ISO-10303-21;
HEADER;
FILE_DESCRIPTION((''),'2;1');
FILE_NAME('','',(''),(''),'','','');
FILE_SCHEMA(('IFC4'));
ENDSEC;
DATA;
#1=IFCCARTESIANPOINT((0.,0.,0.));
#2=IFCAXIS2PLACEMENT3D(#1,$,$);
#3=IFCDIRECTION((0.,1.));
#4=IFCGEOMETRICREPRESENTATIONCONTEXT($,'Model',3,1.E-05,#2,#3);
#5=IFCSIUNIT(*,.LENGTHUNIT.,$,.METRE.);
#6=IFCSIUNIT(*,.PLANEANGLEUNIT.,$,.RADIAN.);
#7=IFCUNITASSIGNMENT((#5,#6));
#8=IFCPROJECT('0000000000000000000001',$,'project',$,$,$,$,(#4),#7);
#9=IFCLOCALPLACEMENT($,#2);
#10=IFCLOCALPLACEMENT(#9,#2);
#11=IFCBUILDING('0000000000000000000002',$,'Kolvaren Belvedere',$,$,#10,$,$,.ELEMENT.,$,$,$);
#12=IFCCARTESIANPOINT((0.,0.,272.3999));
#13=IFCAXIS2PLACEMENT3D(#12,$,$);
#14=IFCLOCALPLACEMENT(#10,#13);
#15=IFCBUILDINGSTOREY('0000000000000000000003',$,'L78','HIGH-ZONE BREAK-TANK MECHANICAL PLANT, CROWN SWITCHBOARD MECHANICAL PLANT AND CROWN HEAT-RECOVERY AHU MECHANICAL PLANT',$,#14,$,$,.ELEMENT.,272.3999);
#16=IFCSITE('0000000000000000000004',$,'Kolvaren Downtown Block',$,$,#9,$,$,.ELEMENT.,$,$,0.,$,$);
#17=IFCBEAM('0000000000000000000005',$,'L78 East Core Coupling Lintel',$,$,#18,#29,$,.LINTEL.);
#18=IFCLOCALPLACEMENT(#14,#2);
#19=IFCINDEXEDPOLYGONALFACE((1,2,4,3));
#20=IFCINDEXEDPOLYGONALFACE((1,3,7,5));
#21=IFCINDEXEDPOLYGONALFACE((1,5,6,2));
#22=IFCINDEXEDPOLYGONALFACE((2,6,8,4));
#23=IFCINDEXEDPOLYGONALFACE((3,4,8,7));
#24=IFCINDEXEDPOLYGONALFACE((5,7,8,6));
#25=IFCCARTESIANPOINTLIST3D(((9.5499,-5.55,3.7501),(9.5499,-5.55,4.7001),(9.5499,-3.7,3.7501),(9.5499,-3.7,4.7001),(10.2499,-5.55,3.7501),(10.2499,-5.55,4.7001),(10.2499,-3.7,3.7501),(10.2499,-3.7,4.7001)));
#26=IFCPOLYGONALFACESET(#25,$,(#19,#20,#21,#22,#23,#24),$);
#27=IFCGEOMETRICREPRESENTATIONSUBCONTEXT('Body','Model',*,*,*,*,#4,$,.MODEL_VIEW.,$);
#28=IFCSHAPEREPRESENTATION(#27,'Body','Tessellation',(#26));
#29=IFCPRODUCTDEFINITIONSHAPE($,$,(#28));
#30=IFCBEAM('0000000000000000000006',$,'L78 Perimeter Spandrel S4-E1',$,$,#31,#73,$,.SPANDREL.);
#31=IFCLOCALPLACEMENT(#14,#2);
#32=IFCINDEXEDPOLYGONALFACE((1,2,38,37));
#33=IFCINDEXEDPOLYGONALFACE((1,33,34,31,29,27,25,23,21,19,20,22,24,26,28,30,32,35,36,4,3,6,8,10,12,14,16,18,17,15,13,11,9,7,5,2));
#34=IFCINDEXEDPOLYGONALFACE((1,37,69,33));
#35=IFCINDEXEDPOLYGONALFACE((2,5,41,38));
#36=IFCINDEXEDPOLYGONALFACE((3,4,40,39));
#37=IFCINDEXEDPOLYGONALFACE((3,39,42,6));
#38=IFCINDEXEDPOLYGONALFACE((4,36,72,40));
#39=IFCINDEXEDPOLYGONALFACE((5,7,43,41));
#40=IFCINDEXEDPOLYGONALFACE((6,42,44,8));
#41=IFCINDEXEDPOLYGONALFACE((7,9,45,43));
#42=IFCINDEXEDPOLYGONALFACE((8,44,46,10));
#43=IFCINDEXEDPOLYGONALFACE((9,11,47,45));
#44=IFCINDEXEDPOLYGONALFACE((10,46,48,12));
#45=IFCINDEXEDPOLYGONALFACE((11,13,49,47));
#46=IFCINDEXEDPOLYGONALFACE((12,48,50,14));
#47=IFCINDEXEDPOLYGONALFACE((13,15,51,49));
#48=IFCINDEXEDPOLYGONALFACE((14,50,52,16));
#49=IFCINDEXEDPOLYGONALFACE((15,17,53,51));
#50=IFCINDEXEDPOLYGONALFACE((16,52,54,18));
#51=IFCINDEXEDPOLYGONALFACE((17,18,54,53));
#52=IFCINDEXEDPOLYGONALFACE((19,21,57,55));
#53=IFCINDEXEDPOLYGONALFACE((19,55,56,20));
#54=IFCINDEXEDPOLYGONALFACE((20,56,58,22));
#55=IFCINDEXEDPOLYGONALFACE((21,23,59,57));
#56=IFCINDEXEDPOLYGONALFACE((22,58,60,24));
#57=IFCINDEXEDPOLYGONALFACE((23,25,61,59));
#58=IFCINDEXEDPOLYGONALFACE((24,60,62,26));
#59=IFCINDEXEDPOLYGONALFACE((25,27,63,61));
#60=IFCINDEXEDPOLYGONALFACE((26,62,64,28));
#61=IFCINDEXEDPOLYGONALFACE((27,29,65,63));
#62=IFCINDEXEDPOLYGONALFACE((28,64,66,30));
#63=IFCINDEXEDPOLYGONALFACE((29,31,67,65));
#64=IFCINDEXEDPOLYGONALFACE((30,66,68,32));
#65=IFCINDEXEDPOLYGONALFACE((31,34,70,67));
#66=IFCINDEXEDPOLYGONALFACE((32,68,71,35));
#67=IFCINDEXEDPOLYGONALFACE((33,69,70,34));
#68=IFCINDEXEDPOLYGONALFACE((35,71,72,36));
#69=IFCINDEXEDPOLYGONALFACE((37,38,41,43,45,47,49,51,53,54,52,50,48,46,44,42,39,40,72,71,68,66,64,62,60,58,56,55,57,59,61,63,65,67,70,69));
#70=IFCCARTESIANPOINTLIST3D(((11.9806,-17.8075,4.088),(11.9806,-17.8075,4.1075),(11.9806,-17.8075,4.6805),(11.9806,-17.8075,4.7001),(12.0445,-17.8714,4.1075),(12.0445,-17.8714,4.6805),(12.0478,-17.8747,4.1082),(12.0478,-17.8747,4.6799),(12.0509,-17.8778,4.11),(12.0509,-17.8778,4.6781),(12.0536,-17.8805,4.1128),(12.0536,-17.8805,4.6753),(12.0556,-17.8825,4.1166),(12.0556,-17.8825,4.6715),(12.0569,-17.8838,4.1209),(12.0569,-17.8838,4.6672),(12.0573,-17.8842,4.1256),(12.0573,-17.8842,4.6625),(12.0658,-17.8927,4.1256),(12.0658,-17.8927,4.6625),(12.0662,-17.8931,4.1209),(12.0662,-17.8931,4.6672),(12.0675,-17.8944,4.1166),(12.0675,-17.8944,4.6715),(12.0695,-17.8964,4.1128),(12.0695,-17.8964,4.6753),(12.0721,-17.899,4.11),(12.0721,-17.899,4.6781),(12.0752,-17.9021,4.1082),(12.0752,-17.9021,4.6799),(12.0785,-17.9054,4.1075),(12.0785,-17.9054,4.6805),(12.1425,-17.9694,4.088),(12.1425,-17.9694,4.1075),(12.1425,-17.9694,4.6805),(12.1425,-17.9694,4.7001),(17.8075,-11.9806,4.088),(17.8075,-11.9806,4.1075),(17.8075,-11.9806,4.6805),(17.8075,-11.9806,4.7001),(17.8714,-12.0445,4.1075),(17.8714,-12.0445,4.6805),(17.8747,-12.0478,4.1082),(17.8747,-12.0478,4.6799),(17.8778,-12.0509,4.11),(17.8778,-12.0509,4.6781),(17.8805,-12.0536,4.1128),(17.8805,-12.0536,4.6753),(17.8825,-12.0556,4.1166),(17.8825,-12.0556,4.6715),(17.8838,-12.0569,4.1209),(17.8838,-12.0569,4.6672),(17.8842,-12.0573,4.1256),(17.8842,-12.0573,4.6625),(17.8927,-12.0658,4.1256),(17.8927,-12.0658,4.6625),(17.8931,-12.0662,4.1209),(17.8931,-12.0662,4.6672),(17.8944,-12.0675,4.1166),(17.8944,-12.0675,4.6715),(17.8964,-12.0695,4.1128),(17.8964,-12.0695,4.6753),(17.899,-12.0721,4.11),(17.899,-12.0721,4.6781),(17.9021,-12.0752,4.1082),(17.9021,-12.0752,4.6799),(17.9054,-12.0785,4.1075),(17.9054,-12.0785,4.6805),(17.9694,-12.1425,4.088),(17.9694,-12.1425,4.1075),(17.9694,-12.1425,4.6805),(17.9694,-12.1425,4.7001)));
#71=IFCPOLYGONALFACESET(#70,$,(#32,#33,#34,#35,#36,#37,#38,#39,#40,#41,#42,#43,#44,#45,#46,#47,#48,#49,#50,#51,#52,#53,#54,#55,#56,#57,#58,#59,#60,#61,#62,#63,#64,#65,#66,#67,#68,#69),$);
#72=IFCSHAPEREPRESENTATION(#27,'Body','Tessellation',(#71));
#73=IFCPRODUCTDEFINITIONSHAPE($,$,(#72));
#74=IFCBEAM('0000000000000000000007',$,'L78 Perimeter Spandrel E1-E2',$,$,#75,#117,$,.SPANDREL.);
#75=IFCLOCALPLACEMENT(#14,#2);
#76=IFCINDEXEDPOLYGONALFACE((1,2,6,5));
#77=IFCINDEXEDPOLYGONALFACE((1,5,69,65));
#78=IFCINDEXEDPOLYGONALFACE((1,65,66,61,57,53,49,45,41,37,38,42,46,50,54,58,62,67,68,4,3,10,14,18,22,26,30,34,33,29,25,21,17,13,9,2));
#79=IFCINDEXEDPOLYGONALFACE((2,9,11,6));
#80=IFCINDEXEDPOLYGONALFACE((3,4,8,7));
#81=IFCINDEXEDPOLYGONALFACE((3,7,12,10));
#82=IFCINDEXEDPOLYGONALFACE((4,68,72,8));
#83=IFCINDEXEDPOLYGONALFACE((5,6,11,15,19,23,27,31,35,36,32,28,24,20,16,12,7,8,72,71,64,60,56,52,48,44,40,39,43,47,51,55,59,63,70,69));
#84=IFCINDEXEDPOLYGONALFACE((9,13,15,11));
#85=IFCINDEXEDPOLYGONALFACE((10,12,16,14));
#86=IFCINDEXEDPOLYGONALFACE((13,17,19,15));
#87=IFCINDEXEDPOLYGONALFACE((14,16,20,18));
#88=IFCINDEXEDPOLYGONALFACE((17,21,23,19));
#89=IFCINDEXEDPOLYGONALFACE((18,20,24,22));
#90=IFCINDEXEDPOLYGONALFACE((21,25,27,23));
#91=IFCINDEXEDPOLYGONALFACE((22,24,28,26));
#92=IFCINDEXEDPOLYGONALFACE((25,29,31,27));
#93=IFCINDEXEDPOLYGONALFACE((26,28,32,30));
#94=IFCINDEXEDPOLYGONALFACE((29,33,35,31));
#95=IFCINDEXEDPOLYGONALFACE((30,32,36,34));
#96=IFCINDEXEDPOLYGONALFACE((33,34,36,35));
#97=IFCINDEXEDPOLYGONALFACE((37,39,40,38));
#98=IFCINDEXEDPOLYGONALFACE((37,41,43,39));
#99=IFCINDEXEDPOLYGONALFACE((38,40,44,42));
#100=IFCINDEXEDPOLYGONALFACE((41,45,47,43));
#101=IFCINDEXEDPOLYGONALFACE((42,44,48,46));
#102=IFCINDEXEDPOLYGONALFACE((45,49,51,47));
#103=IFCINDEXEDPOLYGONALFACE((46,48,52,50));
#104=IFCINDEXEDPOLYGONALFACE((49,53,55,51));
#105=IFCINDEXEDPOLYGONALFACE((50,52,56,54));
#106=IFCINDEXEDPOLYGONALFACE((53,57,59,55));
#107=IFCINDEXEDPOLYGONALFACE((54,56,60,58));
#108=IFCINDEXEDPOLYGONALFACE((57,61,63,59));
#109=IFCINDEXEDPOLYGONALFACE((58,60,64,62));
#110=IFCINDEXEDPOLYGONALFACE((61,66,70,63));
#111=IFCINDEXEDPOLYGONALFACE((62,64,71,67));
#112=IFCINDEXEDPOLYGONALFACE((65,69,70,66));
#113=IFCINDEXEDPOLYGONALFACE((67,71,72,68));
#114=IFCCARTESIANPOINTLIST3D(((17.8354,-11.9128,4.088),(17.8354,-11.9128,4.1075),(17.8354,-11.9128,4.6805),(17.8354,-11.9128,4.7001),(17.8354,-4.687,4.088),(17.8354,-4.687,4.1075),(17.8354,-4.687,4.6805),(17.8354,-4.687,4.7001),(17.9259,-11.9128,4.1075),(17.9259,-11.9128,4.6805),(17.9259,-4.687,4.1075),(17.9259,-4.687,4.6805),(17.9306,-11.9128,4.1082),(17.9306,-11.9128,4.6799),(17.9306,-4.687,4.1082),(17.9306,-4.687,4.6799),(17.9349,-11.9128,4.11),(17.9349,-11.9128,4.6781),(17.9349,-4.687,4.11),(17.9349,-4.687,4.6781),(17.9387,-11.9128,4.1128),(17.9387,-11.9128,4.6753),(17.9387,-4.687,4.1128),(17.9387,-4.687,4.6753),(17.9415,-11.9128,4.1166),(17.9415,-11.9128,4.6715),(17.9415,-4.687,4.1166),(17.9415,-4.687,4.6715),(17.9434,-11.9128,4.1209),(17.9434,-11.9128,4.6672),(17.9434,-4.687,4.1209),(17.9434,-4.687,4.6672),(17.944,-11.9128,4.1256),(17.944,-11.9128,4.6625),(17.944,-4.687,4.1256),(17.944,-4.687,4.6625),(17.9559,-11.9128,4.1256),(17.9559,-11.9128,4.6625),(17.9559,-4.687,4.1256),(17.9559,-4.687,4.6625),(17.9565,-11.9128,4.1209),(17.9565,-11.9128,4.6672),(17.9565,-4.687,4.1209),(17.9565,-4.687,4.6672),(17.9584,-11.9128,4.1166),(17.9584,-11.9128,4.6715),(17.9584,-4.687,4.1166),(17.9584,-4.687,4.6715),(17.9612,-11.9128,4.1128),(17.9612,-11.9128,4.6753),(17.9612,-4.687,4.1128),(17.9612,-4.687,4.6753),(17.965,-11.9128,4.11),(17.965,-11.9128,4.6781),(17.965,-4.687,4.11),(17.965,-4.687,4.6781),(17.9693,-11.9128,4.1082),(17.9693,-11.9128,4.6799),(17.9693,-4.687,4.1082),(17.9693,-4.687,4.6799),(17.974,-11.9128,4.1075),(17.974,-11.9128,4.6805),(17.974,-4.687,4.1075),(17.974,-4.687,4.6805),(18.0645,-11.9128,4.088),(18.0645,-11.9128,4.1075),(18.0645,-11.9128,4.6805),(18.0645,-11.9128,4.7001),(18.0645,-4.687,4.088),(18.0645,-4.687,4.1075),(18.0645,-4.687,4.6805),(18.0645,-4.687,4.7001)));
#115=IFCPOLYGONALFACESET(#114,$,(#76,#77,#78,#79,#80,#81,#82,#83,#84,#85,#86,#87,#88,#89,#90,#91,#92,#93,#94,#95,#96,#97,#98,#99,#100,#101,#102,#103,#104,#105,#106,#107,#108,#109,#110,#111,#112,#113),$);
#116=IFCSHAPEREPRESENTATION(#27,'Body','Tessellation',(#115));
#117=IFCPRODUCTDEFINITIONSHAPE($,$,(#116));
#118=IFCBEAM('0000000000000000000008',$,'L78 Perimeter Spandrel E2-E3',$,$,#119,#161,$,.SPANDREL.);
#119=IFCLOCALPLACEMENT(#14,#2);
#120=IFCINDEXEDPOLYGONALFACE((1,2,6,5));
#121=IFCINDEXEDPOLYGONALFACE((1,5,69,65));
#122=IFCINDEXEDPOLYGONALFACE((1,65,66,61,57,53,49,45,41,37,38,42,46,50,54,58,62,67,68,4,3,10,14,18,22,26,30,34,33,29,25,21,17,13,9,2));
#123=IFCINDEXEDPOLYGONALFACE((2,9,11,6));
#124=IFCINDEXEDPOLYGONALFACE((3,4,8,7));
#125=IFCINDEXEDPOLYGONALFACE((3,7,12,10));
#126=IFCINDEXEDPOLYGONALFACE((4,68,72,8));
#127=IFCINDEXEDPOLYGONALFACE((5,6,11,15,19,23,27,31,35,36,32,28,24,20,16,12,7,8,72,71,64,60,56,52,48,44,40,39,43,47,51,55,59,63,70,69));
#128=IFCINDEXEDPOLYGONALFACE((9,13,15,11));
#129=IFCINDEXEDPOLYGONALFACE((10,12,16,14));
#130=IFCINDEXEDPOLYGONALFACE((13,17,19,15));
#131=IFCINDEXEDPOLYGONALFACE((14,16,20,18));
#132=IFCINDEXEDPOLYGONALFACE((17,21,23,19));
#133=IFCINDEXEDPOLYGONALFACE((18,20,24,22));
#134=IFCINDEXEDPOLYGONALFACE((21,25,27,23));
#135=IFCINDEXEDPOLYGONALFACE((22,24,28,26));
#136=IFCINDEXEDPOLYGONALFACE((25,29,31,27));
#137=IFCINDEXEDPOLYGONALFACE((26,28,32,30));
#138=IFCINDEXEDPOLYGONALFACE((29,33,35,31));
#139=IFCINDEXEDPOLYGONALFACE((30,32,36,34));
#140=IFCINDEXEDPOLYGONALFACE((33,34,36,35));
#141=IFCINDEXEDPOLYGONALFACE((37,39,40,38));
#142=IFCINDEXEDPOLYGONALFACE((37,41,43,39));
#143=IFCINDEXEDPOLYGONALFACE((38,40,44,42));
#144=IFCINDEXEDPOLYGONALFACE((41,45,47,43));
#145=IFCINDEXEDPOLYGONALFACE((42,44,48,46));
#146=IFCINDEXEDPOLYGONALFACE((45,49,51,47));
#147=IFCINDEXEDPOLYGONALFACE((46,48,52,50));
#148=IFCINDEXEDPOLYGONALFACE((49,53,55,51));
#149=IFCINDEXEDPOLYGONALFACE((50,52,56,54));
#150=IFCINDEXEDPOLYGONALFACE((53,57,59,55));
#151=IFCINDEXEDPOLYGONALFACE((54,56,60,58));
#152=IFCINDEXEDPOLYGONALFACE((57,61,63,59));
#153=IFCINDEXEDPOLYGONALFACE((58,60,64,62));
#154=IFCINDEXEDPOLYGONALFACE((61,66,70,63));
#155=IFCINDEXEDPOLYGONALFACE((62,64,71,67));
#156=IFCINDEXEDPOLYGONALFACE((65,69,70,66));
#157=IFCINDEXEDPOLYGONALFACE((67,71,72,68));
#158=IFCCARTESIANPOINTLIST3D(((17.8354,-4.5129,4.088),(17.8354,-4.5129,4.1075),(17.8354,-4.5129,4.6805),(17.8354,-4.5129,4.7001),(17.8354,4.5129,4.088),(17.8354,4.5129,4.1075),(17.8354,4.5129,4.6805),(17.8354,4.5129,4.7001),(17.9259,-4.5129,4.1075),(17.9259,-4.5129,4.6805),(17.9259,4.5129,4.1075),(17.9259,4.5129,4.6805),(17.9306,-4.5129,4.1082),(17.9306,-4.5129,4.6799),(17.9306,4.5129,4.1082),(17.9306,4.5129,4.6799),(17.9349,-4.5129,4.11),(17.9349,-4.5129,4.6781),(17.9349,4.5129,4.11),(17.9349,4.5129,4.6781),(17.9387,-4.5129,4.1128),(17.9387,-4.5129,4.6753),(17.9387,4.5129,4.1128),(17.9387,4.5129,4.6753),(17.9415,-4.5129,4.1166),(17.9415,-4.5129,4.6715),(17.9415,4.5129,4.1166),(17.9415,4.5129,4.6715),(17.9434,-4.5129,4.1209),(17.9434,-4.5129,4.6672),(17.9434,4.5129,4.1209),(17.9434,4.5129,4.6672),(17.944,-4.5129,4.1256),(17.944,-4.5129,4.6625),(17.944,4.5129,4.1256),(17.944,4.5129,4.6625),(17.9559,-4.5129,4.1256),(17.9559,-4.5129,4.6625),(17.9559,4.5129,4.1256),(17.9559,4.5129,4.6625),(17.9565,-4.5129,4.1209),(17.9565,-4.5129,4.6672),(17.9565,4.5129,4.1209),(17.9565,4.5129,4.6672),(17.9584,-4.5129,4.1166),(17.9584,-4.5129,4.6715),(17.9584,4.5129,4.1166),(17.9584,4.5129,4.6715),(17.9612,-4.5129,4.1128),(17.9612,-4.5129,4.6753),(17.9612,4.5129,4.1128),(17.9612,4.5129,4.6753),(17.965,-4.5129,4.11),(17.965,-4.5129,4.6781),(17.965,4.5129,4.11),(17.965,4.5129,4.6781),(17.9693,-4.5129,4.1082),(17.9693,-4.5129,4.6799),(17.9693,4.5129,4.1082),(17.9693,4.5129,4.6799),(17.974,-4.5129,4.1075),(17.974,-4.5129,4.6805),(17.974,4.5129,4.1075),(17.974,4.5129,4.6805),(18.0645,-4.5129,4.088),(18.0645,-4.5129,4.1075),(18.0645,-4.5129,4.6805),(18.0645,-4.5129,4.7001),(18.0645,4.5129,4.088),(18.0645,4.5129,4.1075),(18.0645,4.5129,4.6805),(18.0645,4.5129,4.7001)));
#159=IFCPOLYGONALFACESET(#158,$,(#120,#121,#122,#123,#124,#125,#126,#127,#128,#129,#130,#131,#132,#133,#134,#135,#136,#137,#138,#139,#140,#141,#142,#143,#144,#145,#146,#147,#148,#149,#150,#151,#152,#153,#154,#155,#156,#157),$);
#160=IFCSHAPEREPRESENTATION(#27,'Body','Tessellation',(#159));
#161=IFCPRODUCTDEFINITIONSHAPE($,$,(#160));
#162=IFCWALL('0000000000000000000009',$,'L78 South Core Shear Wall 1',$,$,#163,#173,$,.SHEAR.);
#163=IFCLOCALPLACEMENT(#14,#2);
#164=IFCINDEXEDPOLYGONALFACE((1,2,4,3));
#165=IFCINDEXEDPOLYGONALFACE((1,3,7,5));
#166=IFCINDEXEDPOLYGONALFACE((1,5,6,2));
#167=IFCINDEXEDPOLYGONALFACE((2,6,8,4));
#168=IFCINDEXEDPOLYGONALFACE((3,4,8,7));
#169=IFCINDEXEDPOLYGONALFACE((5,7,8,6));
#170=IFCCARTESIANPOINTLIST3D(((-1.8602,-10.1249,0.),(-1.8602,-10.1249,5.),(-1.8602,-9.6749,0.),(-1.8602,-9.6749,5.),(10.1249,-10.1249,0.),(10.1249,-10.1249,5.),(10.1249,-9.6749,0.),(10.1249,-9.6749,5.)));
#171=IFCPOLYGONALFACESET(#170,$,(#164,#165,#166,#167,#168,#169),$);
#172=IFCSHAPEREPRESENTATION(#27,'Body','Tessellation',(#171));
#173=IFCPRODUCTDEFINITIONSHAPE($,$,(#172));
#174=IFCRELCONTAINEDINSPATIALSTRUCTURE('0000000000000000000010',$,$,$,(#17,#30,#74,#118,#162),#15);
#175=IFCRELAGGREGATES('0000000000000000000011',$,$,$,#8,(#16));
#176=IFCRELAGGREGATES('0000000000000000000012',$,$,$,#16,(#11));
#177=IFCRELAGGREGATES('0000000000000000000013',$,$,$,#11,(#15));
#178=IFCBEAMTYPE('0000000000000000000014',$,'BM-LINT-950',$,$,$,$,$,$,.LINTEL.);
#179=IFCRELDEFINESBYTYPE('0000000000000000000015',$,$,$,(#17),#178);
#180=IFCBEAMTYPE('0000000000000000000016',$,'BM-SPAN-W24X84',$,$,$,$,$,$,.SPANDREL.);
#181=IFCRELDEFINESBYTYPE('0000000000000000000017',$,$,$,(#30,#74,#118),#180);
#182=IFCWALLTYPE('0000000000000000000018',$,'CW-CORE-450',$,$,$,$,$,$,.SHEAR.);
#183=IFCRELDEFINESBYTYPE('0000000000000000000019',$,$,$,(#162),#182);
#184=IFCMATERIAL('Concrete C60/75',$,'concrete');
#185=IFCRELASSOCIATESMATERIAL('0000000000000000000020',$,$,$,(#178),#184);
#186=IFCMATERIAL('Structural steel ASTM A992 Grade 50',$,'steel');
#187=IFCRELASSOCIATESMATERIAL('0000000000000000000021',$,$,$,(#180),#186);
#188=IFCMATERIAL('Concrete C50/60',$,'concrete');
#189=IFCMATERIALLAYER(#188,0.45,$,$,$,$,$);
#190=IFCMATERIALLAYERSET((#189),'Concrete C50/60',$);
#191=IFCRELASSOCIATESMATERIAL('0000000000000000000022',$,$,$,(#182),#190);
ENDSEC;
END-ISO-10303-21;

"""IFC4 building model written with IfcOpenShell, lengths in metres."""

from ifc_helpers import new_model, si_unit, direction, frame, frame_2d, origin, origin_2d, place, context, subcontext, project, spatial, rectangle, i_section, extrude, material, layer, layer_set, material_profile, profile_set, type_object, element, save


model = new_model("IFC4")

# Units and contexts
model_context = context("Model", 3, precision=1e-05, world=origin(), true_north=direction((0.0, 1.0)))
body_context = subcontext(model_context, "Body", "Model", "MODEL_VIEW")
ifc_project = project(units=[si_unit("LENGTHUNIT", "METRE"), si_unit("PLANEANGLEUNIT", "RADIAN")], contexts=[model_context])

# Site, building, storey
site_placement = place(None, origin())
site = spatial("IfcSite", under=ifc_project, at=site_placement, Name="Kolvaren Downtown Block", CompositionType="ELEMENT", RefElevation=0.0)
building_placement = place(site_placement, origin())
building = spatial("IfcBuilding", under=site, at=building_placement, Name="Kolvaren Belvedere", CompositionType="ELEMENT")
storey_placement = place(building_placement, frame((0.0, 0.0, 272.3999)))
storey = spatial("IfcBuildingStorey", under=building, at=storey_placement, Name="L78", Description="HIGH-ZONE BREAK-TANK MECHANICAL PLANT, CROWN SWITCHBOARD MECHANICAL PLANT AND CROWN HEAT-RECOVERY AHU MECHANICAL PLANT", CompositionType="ELEMENT", Elevation=272.3999)

# Beams
ifc_material_1 = material(Name="Concrete C60/75", Category="concrete")
ifc_material_profile_1 = material_profile(ifc_material_1, rectangle(XDim=0.7, YDim=0.95, at=origin_2d()), Name="RC 700X950")
ifc_profile_set_1 = profile_set([ifc_material_profile_1], Name="Concrete C60/75")
beam_type_1 = type_object("IfcBeamType", Name="BM-LINT-950", PredefinedType="LINTEL", material=ifc_profile_set_1)
beam_1_placement = place(storey_placement, frame((9.8999, -5.55, 4.2251), z_axis=(0.0, 1.0, 0.0), x_axis=(-1.0, 0.0, 0.0)))
element("IfcBeam", 1, at=beam_1_placement, inside=storey, type_object=beam_type_1, Name="L78 East Core Coupling Lintel", PredefinedType="LINTEL", context=body_context, shape_type="SweptSolid", body=[
    extrude(rectangle(XDim=0.7, YDim=0.95, at=origin_2d()), origin(), (0.0, 0.0, 1.0), 1.8501),
])
ifc_material_2 = material(Name="Structural steel ASTM A992 Grade 50", Category="steel")
ifc_material_profile_2 = material_profile(ifc_material_2, i_section(OverallWidth=0.229, OverallDepth=0.6121, WebThickness=0.012, FlangeThickness=0.0195, FilletRadius=0.0181, at=origin_2d()), Name="W24X84")
ifc_profile_set_2 = profile_set([ifc_material_profile_2], Name="Structural steel ASTM A992 Grade 50")
beam_type_2 = type_object("IfcBeamType", Name="BM-SPAN-W24X84", PredefinedType="SPANDREL", material=ifc_profile_set_2)
beam_2_placement = place(storey_placement, frame((12.0615, -17.8884, 4.394), z_axis=(0.707107, 0.707107, 0.0), x_axis=(-0.707107, 0.707107, 0.0)))
element("IfcBeam", 2, at=beam_2_placement, inside=storey, type_object=beam_type_2, Name="L78 Perimeter Spandrel S4-E1", PredefinedType="SPANDREL", context=body_context, shape_type="SweptSolid", body=[
    extrude(i_section(OverallWidth=0.229, OverallDepth=0.6121, WebThickness=0.012, FlangeThickness=0.0195, FilletRadius=0.0181, at=origin_2d()), origin(), (0.0, 0.0, 1.0), 8.2405),
])
beam_3_placement = place(storey_placement, frame((17.95, -11.9128, 4.394), z_axis=(0.0, 1.0, 0.0), x_axis=(-1.0, 0.0, 0.0)))
element("IfcBeam", 3, at=beam_3_placement, inside=storey, type_object=beam_type_2, Name="L78 Perimeter Spandrel E1-E2", PredefinedType="SPANDREL", context=body_context, shape_type="SweptSolid", body=[
    extrude(i_section(OverallWidth=0.229, OverallDepth=0.6121, WebThickness=0.012, FlangeThickness=0.0195, FilletRadius=0.0181, at=origin_2d()), origin(), (0.0, 0.0, 1.0), 7.2258),
])
beam_4_placement = place(storey_placement, frame((17.95, -4.5129, 4.394), z_axis=(0.0, 1.0, 0.0), x_axis=(-1.0, 0.0, 0.0)))
element("IfcBeam", 4, at=beam_4_placement, inside=storey, type_object=beam_type_2, Name="L78 Perimeter Spandrel E2-E3", PredefinedType="SPANDREL", context=body_context, shape_type="SweptSolid", body=[
    extrude(i_section(OverallWidth=0.229, OverallDepth=0.6121, WebThickness=0.012, FlangeThickness=0.0195, FilletRadius=0.0181, at=origin_2d()), origin(), (0.0, 0.0, 1.0), 9.0259),
])

# Wall
ifc_material_3 = material(Name="Concrete C50/60", Category="concrete")
ifc_layer_1 = layer(ifc_material_3, 0.45)
ifc_layer_set_1 = layer_set([ifc_layer_1], Name="Concrete C50/60")
wall_type_1 = type_object("IfcWallType", Name="CW-CORE-450", PredefinedType="SHEAR", material=ifc_layer_set_1)
wall_1_placement = place(storey_placement, frame((10.125, -9.8999, 0.0), z_axis=(0.0, 0.0, 1.0), x_axis=(-1.0, 0.0, 0.0)))
element("IfcWall", 5, at=wall_1_placement, inside=storey, type_object=wall_type_1, Name="L78 South Core Shear Wall 1", PredefinedType="SHEAR", context=body_context, shape_type="SweptSolid", body=[
    extrude(rectangle(XDim=11.9851, YDim=0.45, at=frame_2d((5.9927, 0.0))), origin(), (0.0, 0.0, 1.0), 5.0),
])

save(model, "model.ifc")
